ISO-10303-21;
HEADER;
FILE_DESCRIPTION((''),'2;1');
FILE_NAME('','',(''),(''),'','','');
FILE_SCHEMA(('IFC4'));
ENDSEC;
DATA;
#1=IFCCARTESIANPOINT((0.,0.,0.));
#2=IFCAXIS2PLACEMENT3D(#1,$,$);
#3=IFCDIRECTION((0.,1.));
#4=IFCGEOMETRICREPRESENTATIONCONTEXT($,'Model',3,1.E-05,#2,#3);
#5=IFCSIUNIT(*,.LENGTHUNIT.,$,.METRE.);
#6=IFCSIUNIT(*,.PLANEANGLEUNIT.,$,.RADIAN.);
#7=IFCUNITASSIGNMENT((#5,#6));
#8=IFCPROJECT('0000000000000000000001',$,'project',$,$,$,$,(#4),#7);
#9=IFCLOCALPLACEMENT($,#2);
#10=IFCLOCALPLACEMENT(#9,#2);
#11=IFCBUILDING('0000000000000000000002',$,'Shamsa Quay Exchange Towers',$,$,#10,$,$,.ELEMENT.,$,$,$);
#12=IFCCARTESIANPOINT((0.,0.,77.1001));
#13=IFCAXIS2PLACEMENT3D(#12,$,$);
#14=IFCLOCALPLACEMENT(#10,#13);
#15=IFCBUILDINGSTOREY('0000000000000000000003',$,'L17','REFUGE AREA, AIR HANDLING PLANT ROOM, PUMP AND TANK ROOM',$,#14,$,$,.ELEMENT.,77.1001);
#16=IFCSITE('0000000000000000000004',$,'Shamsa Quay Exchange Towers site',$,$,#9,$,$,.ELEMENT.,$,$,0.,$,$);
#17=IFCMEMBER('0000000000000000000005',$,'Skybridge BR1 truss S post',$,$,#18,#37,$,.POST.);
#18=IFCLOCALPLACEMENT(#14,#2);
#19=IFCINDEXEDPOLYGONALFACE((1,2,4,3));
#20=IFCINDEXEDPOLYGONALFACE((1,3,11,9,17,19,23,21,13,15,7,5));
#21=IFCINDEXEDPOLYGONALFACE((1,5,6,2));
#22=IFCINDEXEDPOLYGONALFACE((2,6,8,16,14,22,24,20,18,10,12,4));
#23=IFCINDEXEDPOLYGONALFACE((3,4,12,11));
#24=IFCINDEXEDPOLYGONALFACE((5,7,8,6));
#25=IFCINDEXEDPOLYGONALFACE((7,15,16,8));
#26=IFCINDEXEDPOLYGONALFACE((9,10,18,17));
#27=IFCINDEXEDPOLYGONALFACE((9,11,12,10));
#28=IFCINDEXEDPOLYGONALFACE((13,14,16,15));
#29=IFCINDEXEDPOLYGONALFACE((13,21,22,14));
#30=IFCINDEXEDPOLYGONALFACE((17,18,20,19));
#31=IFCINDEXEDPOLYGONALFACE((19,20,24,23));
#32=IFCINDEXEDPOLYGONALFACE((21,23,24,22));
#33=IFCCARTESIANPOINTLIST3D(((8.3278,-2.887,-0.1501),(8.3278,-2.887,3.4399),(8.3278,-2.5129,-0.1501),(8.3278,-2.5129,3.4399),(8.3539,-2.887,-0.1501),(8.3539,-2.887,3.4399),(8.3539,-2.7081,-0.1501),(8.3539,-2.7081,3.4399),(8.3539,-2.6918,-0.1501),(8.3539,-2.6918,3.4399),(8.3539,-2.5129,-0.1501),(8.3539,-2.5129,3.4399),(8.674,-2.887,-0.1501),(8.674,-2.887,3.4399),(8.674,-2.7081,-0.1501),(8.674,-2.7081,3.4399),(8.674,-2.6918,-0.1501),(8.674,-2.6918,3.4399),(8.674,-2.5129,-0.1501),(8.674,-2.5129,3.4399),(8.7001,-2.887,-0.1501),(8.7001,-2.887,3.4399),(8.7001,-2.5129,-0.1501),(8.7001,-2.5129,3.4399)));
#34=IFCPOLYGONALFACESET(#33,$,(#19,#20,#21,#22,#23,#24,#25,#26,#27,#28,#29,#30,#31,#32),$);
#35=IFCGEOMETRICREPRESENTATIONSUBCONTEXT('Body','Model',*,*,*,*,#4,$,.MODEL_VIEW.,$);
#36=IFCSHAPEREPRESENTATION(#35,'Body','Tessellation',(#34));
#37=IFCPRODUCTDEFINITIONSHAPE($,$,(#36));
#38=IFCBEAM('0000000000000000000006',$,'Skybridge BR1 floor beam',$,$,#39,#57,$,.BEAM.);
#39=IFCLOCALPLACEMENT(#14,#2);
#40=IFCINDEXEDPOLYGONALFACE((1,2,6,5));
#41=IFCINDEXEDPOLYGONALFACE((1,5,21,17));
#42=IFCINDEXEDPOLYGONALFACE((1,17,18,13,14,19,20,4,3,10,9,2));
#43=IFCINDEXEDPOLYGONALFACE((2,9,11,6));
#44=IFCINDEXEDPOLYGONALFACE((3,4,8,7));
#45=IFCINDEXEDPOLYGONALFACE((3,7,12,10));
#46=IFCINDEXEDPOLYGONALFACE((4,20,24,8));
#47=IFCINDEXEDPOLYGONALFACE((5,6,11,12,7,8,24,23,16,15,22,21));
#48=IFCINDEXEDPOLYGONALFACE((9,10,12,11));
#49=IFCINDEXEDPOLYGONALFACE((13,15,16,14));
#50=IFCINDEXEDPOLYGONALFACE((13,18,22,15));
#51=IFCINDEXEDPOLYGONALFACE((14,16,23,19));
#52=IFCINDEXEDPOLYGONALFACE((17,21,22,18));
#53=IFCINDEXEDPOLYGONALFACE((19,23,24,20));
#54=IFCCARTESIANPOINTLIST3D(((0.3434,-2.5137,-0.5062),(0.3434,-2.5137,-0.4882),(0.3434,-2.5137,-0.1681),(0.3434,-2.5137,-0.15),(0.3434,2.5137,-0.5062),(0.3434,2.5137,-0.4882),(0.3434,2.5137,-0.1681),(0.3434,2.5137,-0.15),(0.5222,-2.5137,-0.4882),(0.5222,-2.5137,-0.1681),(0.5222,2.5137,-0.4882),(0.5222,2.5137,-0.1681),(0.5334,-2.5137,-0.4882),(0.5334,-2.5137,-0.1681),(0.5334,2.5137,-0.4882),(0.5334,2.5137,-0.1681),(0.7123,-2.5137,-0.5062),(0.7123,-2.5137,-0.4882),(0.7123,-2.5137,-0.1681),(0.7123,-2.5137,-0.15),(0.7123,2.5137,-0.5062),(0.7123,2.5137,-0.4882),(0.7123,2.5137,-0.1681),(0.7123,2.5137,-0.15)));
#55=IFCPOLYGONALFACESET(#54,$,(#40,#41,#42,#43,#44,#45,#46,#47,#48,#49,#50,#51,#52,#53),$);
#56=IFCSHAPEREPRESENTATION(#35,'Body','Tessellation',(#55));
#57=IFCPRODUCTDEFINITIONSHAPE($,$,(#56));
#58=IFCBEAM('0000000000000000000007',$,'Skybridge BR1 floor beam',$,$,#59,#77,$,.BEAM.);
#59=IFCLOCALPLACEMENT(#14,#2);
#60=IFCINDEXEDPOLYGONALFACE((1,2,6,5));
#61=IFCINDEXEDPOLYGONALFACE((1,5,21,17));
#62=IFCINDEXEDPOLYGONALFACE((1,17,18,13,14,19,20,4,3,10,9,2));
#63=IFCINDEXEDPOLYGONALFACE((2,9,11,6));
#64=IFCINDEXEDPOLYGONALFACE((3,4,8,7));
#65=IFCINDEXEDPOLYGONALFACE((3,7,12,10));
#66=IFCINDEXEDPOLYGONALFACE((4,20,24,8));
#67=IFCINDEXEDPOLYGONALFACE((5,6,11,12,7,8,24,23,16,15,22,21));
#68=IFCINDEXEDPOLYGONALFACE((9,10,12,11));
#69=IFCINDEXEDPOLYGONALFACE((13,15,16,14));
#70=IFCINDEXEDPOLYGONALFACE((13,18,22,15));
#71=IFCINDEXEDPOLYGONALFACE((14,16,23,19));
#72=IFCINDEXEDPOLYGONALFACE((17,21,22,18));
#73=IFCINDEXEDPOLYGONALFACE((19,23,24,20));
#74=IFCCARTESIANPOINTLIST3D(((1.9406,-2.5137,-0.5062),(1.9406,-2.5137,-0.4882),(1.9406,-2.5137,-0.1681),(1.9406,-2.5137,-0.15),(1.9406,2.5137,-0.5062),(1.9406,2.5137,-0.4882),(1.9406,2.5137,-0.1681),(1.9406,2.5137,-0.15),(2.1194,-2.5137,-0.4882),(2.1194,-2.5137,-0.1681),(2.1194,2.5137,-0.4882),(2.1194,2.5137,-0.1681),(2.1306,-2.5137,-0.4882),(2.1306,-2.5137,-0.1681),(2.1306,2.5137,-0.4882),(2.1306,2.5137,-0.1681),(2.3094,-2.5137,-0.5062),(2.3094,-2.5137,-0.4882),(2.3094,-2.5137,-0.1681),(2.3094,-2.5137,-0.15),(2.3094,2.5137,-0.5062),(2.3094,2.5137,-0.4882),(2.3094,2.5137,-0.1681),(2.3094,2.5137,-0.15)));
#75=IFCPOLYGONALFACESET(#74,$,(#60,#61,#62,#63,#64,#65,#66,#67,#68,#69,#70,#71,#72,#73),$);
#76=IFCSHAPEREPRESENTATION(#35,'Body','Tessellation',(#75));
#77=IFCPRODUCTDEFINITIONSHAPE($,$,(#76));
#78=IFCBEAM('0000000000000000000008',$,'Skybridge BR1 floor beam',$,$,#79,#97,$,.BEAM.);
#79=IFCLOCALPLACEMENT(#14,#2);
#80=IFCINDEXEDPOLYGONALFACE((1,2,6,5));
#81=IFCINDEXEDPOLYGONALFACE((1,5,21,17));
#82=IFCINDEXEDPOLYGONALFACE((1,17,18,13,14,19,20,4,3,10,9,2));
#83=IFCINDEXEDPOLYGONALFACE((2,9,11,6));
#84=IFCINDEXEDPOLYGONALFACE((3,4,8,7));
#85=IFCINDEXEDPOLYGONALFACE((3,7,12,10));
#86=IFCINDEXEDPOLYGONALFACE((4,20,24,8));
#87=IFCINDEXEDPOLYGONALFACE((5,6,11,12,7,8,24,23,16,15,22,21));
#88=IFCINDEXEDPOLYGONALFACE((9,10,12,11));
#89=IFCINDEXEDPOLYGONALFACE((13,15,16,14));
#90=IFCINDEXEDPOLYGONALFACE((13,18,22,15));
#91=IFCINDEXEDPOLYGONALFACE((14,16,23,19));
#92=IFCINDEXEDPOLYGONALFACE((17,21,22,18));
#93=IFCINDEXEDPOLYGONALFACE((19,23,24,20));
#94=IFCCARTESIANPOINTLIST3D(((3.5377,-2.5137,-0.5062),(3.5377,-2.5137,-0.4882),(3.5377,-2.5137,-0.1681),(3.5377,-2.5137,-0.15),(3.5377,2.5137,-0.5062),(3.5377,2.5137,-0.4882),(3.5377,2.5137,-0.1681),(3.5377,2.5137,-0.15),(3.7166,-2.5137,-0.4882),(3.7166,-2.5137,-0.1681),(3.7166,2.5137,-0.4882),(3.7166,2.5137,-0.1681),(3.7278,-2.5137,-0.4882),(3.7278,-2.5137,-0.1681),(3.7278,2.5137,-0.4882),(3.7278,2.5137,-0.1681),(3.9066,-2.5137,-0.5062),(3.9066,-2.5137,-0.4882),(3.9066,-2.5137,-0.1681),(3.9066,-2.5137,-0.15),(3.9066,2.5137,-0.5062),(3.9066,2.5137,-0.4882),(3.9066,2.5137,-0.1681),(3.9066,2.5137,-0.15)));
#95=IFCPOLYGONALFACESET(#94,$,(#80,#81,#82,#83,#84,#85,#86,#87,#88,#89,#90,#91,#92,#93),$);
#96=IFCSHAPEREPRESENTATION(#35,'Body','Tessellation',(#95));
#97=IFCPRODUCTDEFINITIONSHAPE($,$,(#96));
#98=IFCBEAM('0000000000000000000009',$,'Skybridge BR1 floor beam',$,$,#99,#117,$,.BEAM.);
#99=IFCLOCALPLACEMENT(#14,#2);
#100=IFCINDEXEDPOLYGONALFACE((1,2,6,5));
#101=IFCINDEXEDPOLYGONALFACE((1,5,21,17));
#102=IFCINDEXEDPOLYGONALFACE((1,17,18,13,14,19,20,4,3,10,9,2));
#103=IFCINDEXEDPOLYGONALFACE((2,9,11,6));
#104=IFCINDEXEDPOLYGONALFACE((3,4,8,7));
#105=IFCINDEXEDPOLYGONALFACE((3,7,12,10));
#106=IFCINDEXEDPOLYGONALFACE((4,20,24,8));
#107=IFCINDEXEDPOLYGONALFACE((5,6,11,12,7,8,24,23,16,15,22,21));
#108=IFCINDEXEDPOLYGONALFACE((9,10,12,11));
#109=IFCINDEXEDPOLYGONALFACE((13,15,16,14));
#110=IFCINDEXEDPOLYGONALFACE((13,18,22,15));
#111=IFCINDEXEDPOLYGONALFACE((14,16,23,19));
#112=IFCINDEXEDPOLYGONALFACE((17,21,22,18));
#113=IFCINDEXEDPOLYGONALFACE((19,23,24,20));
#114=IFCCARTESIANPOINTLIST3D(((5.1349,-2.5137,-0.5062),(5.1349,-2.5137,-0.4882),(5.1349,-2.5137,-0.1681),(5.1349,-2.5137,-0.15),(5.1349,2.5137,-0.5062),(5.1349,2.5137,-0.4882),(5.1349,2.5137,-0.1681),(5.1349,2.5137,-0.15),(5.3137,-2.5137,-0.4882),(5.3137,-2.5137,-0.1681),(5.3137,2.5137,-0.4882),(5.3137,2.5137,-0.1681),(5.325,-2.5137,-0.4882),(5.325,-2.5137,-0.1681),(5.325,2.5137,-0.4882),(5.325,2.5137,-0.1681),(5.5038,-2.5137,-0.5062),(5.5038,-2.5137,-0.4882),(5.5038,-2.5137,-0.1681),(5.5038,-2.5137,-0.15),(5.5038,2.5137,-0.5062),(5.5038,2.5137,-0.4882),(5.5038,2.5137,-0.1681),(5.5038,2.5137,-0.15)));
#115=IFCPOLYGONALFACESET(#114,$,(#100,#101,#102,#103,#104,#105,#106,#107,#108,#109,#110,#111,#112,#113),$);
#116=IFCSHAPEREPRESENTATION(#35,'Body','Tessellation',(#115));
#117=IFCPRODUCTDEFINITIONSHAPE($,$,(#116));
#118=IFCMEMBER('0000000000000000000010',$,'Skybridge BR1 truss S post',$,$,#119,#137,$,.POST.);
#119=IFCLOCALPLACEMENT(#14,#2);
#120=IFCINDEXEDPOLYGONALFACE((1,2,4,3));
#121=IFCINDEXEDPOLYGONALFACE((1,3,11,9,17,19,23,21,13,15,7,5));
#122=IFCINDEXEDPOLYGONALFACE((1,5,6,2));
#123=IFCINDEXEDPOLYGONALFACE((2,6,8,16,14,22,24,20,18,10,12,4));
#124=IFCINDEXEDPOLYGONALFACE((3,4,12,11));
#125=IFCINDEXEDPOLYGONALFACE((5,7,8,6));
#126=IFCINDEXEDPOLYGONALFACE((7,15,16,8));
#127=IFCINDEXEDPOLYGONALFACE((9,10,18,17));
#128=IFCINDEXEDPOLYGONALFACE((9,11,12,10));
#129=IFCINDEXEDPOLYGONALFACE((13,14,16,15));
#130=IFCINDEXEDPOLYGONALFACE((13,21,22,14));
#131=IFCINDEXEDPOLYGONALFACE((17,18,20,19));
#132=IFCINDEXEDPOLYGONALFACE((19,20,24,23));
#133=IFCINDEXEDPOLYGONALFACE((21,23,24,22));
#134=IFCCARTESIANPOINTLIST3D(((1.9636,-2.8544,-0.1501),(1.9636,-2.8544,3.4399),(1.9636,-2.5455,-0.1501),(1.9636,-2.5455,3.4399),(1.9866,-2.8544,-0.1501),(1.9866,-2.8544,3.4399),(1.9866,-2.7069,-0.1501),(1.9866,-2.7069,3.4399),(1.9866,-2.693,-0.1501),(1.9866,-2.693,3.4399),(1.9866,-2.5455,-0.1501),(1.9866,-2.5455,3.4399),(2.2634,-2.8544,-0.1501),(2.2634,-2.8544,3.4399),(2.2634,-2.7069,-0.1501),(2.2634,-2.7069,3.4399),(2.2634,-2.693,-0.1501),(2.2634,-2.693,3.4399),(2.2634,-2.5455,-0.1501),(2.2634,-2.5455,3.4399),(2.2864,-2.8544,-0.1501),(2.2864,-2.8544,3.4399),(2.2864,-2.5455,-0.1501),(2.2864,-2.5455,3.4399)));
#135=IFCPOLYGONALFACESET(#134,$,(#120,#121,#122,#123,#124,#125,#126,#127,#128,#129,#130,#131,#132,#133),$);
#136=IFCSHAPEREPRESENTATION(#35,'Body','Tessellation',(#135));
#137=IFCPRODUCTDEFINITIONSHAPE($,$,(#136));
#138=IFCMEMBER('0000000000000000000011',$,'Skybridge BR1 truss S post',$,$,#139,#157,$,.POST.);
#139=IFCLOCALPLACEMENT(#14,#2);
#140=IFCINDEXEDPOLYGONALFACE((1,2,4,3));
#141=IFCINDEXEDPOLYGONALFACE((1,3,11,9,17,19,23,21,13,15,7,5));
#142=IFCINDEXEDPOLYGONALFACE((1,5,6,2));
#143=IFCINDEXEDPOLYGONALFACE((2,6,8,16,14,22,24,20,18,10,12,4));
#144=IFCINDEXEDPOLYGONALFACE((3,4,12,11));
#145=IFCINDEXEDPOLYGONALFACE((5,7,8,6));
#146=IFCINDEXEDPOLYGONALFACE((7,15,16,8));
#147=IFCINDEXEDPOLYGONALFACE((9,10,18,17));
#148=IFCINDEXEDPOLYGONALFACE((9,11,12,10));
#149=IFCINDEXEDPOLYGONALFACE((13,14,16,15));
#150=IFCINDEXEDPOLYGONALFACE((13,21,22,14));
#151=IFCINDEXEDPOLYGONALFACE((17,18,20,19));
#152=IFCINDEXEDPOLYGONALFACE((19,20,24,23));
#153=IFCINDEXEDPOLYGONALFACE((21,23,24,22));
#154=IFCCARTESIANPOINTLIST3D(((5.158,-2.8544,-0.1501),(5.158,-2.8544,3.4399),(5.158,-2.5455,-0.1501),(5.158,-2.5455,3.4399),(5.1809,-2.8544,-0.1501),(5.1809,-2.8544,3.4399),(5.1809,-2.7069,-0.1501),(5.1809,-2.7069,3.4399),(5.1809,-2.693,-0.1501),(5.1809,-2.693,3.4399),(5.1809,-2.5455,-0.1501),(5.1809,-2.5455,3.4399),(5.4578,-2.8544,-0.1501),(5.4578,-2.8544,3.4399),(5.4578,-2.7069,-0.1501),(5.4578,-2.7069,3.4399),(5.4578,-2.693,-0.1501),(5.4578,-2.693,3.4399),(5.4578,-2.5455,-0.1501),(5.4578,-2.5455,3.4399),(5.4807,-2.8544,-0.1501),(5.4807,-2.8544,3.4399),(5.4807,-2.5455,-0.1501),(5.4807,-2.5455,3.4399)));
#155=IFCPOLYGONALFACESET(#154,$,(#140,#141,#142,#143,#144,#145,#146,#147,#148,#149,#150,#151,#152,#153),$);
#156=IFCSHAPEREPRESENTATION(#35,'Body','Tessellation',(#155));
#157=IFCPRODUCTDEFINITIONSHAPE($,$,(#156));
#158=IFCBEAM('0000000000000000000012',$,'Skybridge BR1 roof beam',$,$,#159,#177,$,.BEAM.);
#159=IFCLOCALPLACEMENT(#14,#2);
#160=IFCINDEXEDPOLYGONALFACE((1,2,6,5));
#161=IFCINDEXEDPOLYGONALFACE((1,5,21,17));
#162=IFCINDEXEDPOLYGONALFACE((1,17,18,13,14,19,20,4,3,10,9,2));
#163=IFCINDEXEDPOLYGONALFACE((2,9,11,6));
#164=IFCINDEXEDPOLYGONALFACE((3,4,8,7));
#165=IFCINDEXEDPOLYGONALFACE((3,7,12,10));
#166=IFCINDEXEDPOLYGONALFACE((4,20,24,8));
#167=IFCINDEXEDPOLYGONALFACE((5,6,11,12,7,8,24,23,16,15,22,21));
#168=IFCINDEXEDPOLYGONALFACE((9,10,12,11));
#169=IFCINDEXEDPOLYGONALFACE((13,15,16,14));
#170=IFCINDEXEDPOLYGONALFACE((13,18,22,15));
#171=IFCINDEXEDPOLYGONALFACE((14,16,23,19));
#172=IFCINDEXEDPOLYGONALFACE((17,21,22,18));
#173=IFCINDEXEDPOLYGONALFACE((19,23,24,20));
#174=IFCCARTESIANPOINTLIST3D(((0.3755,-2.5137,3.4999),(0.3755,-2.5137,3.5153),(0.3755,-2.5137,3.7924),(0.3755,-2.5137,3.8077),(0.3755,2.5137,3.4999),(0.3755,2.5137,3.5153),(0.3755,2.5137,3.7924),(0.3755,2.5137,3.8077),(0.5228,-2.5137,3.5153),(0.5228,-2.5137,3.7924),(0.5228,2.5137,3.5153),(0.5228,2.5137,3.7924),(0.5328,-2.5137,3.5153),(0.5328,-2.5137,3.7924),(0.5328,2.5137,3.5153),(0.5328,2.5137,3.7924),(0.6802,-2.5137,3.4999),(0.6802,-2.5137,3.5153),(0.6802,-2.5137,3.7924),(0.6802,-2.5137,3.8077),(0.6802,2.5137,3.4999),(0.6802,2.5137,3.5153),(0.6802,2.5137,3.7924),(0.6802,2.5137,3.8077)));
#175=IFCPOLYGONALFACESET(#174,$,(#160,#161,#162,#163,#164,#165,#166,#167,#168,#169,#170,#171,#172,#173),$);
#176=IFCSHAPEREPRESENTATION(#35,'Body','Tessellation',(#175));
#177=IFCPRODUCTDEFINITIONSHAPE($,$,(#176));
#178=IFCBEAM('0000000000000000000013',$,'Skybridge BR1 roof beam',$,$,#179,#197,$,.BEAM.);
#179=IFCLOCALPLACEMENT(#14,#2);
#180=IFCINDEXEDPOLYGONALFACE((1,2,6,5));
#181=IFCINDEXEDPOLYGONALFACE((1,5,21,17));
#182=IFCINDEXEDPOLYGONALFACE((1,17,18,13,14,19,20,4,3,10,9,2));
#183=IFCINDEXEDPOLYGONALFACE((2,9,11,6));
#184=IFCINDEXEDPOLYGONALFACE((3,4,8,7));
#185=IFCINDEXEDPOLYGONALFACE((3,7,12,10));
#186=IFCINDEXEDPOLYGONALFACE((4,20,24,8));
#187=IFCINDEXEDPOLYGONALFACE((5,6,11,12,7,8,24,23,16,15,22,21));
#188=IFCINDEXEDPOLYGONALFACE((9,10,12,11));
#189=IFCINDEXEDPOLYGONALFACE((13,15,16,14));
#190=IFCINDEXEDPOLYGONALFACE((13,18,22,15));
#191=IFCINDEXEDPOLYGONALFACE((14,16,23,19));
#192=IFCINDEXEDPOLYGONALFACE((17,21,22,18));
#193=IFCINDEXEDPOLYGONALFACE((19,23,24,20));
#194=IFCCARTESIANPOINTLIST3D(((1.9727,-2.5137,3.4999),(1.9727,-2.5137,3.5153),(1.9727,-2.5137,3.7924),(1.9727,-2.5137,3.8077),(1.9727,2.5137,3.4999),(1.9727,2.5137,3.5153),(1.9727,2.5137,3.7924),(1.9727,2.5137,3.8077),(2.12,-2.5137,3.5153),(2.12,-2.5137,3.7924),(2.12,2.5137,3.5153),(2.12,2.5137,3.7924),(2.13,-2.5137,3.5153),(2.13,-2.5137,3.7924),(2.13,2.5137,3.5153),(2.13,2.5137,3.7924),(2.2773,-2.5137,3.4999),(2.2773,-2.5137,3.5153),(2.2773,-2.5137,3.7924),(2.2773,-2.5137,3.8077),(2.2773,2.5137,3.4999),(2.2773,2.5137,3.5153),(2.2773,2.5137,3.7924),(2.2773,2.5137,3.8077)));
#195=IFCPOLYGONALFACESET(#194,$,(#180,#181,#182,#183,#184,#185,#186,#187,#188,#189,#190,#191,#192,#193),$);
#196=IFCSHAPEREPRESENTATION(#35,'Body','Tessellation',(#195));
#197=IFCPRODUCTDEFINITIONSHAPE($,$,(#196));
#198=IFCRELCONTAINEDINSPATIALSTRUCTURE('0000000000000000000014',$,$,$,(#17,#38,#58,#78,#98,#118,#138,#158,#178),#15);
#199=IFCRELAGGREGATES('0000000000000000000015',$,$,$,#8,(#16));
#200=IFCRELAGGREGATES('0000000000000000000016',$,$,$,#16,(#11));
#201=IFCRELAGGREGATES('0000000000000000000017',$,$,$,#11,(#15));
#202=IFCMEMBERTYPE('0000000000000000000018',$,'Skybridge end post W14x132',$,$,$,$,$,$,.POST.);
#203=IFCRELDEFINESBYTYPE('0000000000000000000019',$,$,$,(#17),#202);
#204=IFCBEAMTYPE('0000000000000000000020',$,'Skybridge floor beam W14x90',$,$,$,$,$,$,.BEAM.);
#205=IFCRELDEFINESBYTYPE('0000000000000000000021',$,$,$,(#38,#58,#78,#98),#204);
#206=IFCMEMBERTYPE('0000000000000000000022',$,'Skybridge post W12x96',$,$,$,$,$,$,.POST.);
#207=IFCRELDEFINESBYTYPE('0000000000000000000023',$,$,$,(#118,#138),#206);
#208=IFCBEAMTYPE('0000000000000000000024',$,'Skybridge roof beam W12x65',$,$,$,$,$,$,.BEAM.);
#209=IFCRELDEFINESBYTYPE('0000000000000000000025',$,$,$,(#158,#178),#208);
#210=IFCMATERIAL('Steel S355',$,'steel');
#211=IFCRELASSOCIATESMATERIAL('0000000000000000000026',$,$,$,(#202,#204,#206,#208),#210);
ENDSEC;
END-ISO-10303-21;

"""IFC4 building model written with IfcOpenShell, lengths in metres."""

from ifc_helpers import new_model, si_unit, direction, frame, origin, origin_2d, place, context, subcontext, project, spatial, i_section, extrude, material, material_profile, profile_set, type_object, element, save


model = new_model("IFC4")

# Units and contexts
model_context = context("Model", 3, precision=1e-05, world=origin(), true_north=direction((0.0, 1.0)))
body_context = subcontext(model_context, "Body", "Model", "MODEL_VIEW")
ifc_project = project(units=[si_unit("LENGTHUNIT", "METRE"), si_unit("PLANEANGLEUNIT", "RADIAN")], contexts=[model_context])

# Site, building, storey
site_placement = place(None, origin())
site = spatial("IfcSite", under=ifc_project, at=site_placement, Name="Shamsa Quay Exchange Towers site", CompositionType="ELEMENT", RefElevation=0.0)
building_placement = place(site_placement, origin())
building = spatial("IfcBuilding", under=site, at=building_placement, Name="Shamsa Quay Exchange Towers", CompositionType="ELEMENT")
storey_placement = place(building_placement, frame((0.0, 0.0, 77.1001)))
storey = spatial("IfcBuildingStorey", under=building, at=storey_placement, Name="L17", Description="REFUGE AREA, AIR HANDLING PLANT ROOM, PUMP AND TANK ROOM", CompositionType="ELEMENT", Elevation=77.1001)

# Member
ifc_material_1 = material(Name="Steel S355", Category="steel")
ifc_material_profile_1 = material_profile(ifc_material_1, i_section(OverallWidth=0.374, OverallDepth=0.3723, WebThickness=0.0164, FlangeThickness=0.0261, at=origin_2d()), Name="W14x132")
ifc_profile_set_1 = profile_set([ifc_material_profile_1], Name="Steel S355")
member_type_1 = type_object("IfcMemberType", Name="Skybridge end post W14x132", PredefinedType="POST", material=ifc_profile_set_1)
member_1_placement = place(storey_placement, frame((8.5139, -2.7, -0.1501), z_axis=(0.0, 0.0, 1.0), x_axis=(0.0, 1.0, 0.0)))
element("IfcMember", 1, at=member_1_placement, inside=storey, type_object=member_type_1, Name="Skybridge BR1 truss S post", PredefinedType="POST", context=body_context, shape_type="SweptSolid", body=[
    extrude(i_section(OverallWidth=0.374, OverallDepth=0.3723, WebThickness=0.0164, FlangeThickness=0.0261, at=origin_2d()), origin(), (0.0, 0.0, 1.0), 3.5901),
])

# Beams
ifc_material_profile_2 = material_profile(ifc_material_1, i_section(OverallWidth=0.3689, OverallDepth=0.3562, WebThickness=0.0112, FlangeThickness=0.0181, at=origin_2d()), Name="W14x90")
ifc_profile_set_2 = profile_set([ifc_material_profile_2], Name="Steel S355")
beam_type_1 = type_object("IfcBeamType", Name="Skybridge floor beam W14x90", PredefinedType="BEAM", material=ifc_profile_set_2)
for number, where, z_axis, x_axis, name in (
    (2, (0.5278, -2.5137, -0.3281), (0.0, 1.0, 0.0), (-1.0, 0.0, 0.0), "Skybridge BR1 floor beam"),
    (3, (2.125, -2.5137, -0.3281), (0.0, 1.0, 0.0), (-1.0, 0.0, 0.0), "Skybridge BR1 floor beam"),
    (4, (3.7222, -2.5137, -0.3281), (0.0, 1.0, 0.0), (-1.0, 0.0, 0.0), "Skybridge BR1 floor beam"),
    (5, (5.3193, -2.5137, -0.3281), (0.0, 1.0, 0.0), (-1.0, 0.0, 0.0), "Skybridge BR1 floor beam"),
):
    element("IfcBeam", number, at=place(storey_placement, frame(where, z_axis=z_axis, x_axis=x_axis)), inside=storey, type_object=beam_type_1, Name=name, PredefinedType="BEAM", context=body_context, shape_type="SweptSolid", body=[
        extrude(i_section(OverallWidth=0.3689, OverallDepth=0.3562, WebThickness=0.0112, FlangeThickness=0.0181, at=origin_2d()), origin(), (0.0, 0.0, 1.0), 5.0273),
    ])

# Members
ifc_material_profile_3 = material_profile(ifc_material_1, i_section(OverallWidth=0.3088, OverallDepth=0.3228, WebThickness=0.0139, FlangeThickness=0.0229, at=origin_2d()), Name="W12x96")
ifc_profile_set_3 = profile_set([ifc_material_profile_3], Name="Steel S355")
member_type_2 = type_object("IfcMemberType", Name="Skybridge post W12x96", PredefinedType="POST", material=ifc_profile_set_3)
for number, where, z_axis, x_axis, name in (
    (6, (2.125, -2.7, -0.1501), (0.0, 0.0, 1.0), (0.0, 1.0, 0.0), "Skybridge BR1 truss S post"),
    (7, (5.3193, -2.7, -0.1501), (0.0, 0.0, 1.0), (0.0, 1.0, 0.0), "Skybridge BR1 truss S post"),
):
    element("IfcMember", number, at=place(storey_placement, frame(where, z_axis=z_axis, x_axis=x_axis)), inside=storey, type_object=member_type_2, Name=name, PredefinedType="POST", context=body_context, shape_type="SweptSolid", body=[
        extrude(i_section(OverallWidth=0.3088, OverallDepth=0.3228, WebThickness=0.0139, FlangeThickness=0.0229, at=origin_2d()), origin(), (0.0, 0.0, 1.0), 3.5901),
    ])

# Beams
ifc_material_profile_4 = material_profile(ifc_material_1, i_section(OverallWidth=0.3047, OverallDepth=0.3079, WebThickness=0.01, FlangeThickness=0.0154, at=origin_2d()), Name="W12x65")
ifc_profile_set_4 = profile_set([ifc_material_profile_4], Name="Steel S355")
beam_type_2 = type_object("IfcBeamType", Name="Skybridge roof beam W12x65", PredefinedType="BEAM", material=ifc_profile_set_4)
for number, where, z_axis, x_axis, name in (
    (8, (0.5278, -2.5137, 3.6538), (0.0, 1.0, 0.0), (-1.0, 0.0, 0.0), "Skybridge BR1 roof beam"),
    (9, (2.125, -2.5137, 3.6538), (0.0, 1.0, 0.0), (-1.0, 0.0, 0.0), "Skybridge BR1 roof beam"),
):
    element("IfcBeam", number, at=place(storey_placement, frame(where, z_axis=z_axis, x_axis=x_axis)), inside=storey, type_object=beam_type_2, Name=name, PredefinedType="BEAM", context=body_context, shape_type="SweptSolid", body=[
        extrude(i_section(OverallWidth=0.3047, OverallDepth=0.3079, WebThickness=0.01, FlangeThickness=0.0154, at=origin_2d()), origin(), (0.0, 0.0, 1.0), 5.0273),
    ])

save(model, "model.ifc")
